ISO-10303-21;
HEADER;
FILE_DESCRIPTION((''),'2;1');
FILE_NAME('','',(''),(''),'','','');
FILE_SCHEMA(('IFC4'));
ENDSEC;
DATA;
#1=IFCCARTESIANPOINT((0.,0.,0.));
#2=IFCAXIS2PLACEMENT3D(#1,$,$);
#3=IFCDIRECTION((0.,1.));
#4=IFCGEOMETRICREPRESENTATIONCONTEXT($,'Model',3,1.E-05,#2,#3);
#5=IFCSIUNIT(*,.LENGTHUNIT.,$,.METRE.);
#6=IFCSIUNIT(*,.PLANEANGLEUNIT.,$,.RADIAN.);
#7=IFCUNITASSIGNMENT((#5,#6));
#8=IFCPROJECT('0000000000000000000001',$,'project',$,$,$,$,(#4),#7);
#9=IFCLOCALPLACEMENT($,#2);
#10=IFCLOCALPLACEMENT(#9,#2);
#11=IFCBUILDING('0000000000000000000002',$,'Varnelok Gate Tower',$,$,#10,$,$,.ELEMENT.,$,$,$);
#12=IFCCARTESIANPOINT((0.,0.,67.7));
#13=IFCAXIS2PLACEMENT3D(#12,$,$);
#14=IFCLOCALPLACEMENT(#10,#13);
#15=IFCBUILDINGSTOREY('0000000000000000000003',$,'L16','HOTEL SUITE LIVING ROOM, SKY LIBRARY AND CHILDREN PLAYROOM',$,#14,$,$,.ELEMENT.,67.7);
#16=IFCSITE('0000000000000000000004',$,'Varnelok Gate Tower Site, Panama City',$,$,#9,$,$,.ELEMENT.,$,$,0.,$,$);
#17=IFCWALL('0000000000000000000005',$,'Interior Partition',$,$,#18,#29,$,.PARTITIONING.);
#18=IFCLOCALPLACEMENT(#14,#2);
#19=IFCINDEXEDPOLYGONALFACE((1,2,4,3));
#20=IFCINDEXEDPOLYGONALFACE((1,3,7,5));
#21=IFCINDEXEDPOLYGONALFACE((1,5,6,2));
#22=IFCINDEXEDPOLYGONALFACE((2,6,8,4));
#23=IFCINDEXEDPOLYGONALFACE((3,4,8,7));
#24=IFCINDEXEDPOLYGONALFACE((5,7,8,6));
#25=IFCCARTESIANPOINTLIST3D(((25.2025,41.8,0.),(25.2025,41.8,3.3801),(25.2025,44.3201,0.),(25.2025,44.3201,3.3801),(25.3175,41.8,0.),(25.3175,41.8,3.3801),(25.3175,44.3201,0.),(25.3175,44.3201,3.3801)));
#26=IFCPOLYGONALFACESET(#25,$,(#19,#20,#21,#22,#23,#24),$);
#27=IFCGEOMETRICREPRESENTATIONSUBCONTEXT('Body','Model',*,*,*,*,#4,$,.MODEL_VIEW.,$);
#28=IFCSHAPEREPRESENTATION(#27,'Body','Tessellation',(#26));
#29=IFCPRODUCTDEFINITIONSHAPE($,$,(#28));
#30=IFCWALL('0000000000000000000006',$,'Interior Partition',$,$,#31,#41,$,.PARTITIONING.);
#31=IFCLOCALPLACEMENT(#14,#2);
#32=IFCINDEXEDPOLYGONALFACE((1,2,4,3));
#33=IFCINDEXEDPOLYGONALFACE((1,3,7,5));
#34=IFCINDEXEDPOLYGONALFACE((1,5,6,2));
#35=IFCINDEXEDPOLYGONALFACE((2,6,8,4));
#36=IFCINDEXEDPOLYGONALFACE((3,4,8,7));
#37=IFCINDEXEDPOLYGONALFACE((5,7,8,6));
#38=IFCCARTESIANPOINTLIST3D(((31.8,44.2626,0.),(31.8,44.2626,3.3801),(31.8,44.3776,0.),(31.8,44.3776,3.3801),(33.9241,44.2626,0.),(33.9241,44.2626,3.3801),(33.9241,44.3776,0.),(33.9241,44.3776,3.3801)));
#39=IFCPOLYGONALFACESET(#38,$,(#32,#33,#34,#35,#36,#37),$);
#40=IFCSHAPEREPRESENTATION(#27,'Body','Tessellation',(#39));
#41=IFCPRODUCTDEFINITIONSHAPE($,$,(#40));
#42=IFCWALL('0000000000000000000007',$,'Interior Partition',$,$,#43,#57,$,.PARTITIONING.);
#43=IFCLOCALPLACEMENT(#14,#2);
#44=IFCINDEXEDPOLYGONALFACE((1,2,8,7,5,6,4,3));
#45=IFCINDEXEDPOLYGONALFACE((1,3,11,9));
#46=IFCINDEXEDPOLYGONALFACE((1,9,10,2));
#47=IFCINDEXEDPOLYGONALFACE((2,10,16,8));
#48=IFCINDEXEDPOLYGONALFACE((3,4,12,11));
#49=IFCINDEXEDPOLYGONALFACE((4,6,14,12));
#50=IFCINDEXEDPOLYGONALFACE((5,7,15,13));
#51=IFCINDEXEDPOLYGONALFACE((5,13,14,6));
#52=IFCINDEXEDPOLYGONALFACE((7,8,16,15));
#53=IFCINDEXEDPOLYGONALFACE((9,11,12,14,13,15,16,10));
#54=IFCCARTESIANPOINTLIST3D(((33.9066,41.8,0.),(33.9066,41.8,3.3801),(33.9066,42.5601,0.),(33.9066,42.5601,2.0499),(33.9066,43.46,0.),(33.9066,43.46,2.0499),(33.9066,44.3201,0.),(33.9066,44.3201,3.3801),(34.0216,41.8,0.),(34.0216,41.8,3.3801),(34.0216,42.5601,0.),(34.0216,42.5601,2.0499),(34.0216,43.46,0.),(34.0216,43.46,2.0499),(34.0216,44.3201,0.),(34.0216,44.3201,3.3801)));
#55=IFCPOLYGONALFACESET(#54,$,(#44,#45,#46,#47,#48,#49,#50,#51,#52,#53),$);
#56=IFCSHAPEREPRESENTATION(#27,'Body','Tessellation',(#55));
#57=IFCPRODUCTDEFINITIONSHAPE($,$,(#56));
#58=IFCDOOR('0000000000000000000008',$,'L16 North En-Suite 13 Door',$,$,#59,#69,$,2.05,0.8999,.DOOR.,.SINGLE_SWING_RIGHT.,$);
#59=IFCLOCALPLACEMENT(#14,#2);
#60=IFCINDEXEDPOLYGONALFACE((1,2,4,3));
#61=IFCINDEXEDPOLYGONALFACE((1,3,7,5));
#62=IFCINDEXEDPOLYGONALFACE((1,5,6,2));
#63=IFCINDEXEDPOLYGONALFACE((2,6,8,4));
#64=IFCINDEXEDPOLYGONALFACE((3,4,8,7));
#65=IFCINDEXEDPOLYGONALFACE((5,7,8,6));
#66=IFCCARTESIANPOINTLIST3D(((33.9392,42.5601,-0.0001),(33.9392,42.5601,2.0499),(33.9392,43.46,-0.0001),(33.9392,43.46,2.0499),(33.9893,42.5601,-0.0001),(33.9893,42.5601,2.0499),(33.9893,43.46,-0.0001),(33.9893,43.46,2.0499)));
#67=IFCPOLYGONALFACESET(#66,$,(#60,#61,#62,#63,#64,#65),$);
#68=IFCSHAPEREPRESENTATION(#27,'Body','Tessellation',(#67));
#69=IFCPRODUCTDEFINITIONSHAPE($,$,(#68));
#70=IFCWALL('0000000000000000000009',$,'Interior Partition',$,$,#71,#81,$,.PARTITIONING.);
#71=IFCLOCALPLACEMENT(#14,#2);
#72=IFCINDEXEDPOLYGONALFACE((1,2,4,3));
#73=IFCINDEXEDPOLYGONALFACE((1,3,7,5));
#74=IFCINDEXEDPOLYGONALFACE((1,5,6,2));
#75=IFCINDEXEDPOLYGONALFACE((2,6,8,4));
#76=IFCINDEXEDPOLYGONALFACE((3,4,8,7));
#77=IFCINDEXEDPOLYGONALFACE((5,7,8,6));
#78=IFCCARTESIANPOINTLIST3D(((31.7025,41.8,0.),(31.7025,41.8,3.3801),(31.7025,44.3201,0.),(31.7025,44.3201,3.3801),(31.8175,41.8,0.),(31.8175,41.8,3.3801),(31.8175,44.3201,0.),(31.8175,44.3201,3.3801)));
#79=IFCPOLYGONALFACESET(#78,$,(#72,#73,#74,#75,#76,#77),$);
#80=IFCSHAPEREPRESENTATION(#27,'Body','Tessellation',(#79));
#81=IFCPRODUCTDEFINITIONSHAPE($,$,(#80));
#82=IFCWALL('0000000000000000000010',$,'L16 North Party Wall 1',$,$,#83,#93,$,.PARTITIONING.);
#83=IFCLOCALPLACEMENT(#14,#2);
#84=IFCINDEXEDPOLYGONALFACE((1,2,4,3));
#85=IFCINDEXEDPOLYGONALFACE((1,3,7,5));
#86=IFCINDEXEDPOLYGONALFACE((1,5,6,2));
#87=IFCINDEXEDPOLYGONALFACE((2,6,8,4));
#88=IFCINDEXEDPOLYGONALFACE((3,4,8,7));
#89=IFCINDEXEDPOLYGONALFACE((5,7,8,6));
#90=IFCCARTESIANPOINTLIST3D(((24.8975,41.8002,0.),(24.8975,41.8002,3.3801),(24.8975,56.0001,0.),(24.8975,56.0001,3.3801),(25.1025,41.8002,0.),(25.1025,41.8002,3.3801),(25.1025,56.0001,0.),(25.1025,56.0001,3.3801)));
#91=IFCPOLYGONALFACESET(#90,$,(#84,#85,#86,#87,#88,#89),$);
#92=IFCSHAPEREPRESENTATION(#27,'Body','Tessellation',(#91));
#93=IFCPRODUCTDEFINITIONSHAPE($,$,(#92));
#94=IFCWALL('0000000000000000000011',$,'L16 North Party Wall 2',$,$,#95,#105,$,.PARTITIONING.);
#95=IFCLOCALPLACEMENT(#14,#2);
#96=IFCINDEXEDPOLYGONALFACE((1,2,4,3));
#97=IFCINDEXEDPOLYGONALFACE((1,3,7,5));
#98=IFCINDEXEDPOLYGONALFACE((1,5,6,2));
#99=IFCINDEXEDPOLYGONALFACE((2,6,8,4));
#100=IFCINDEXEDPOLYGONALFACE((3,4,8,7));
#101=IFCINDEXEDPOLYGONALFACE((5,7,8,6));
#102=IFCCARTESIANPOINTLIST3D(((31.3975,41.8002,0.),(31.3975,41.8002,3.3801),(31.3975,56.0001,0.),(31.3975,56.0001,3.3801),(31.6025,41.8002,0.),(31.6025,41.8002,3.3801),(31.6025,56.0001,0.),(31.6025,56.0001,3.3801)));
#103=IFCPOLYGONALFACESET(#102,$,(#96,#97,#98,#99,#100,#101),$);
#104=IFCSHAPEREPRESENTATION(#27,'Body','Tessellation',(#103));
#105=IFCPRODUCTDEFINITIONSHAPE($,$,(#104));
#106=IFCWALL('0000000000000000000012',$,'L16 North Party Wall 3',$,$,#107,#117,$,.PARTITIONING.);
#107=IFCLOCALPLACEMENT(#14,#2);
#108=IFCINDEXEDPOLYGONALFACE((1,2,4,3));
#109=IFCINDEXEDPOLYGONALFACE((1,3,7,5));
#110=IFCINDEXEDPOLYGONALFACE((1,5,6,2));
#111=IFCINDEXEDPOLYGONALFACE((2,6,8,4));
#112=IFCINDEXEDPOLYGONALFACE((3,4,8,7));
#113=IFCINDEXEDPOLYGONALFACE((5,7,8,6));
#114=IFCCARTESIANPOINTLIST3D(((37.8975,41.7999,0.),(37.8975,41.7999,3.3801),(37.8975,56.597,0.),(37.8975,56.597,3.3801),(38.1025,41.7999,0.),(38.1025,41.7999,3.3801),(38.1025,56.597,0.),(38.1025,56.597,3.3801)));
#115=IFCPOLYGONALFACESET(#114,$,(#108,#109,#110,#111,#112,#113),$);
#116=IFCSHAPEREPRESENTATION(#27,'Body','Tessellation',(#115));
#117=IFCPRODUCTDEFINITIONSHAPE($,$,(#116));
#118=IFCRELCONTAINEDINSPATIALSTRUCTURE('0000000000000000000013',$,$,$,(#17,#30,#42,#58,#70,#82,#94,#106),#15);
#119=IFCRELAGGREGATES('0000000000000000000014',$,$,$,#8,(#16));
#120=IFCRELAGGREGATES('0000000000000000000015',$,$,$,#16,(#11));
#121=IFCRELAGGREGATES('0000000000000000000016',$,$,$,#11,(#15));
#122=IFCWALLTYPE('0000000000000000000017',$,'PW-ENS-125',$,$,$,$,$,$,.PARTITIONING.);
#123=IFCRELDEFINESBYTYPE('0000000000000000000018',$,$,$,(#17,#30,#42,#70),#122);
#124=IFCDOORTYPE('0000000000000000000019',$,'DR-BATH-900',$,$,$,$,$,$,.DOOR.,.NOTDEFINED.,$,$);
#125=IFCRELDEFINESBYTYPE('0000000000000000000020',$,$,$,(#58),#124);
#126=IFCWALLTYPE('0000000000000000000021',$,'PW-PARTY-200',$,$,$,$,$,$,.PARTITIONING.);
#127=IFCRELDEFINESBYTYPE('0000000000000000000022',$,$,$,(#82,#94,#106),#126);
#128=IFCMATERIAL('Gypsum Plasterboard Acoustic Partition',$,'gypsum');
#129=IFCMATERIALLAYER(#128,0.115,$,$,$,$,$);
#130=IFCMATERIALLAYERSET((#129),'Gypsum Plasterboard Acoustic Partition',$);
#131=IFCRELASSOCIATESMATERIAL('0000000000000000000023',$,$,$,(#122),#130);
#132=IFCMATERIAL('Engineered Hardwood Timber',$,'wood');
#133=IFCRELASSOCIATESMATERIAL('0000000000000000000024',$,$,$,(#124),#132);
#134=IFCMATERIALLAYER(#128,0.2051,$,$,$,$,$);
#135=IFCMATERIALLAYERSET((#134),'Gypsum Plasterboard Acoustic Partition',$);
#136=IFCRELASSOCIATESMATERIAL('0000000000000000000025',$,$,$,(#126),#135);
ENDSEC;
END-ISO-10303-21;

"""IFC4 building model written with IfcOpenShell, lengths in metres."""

from ifc_helpers import new_model, si_unit, direction, frame, frame_2d, origin, place, context, subcontext, project, spatial, rectangle, extrude, material, layer, layer_set, type_object, element, fill, save


model = new_model("IFC4")

# Units and contexts
model_context = context("Model", 3, precision=1e-05, world=origin(), true_north=direction((0.0, 1.0)))
body_context = subcontext(model_context, "Body", "Model", "MODEL_VIEW")
ifc_project = project(units=[si_unit("LENGTHUNIT", "METRE"), si_unit("PLANEANGLEUNIT", "RADIAN")], contexts=[model_context])

# Site, building, storey
site_placement = place(None, origin())
site = spatial("IfcSite", under=ifc_project, at=site_placement, Name="Varnelok Gate Tower Site, Panama City", CompositionType="ELEMENT", RefElevation=0.0)
building_placement = place(site_placement, origin())
building = spatial("IfcBuilding", under=site, at=building_placement, Name="Varnelok Gate Tower", CompositionType="ELEMENT")
storey_placement = place(building_placement, frame((0.0, 0.0, 67.7)))
storey = spatial("IfcBuildingStorey", under=building, at=storey_placement, Name="L16", Description="HOTEL SUITE LIVING ROOM, SKY LIBRARY AND CHILDREN PLAYROOM", CompositionType="ELEMENT", Elevation=67.7)

# Shared definitions
ifc_material_1 = material(Name="Gypsum Plasterboard Acoustic Partition", Category="gypsum")
ifc_material_2 = material(Name="Engineered Hardwood Timber", Category="wood")

# Shared definitions
ifc_layer_1 = layer(ifc_material_1, 0.115)
ifc_layer_set_1 = layer_set([ifc_layer_1], Name="Gypsum Plasterboard Acoustic Partition")
wall_type_1 = type_object("IfcWallType", Name="PW-ENS-125", PredefinedType="PARTITIONING", material=ifc_layer_set_1)

# Shared definitions
door_type_1 = type_object("IfcDoorType", Name="DR-BATH-900", OperationType="NOTDEFINED", PredefinedType="DOOR", material=ifc_material_2)

# Walls
wall_1_placement = place(storey_placement, frame((25.26, 41.8, 0.0), z_axis=(0.0, 0.0, 1.0), x_axis=(0.0, 1.0, 0.0)))
element("IfcWall", 1, at=wall_1_placement, inside=storey, type_object=wall_type_1, Name="Interior Partition", PredefinedType="PARTITIONING", context=body_context, shape_type="SweptSolid", body=[
    extrude(rectangle(XDim=2.52, YDim=0.115, at=frame_2d((1.26, 0.0))), origin(), (0.0, 0.0, 1.0), 3.3801),
])
wall_2_placement = place(storey_placement, frame((31.8, 44.3201, 0.0), z_axis=(0.0, 0.0, 1.0), x_axis=(1.0, 0.0, 0.0)))
element("IfcWall", 2, at=wall_2_placement, inside=storey, type_object=wall_type_1, Name="Interior Partition", PredefinedType="PARTITIONING", context=body_context, shape_type="SweptSolid", body=[
    extrude(rectangle(XDim=2.124, YDim=0.115, at=frame_2d((1.062, 0.0))), origin(), (0.0, 0.0, 1.0), 3.3801),
])

# Wall, opening, door
wall_3_placement = place(storey_placement, frame((33.9641, 41.8, 0.0), z_axis=(0.0, 0.0, 1.0), x_axis=(0.0, 1.0, 0.0)))
wall_3 = element("IfcWall", 3, at=wall_3_placement, inside=storey, type_object=wall_type_1, Name="Interior Partition", PredefinedType="PARTITIONING", context=body_context, shape_type="SweptSolid", body=[
    extrude(rectangle(XDim=2.52, YDim=0.115, at=frame_2d((1.26, 0.0))), origin(), (0.0, 0.0, 1.0), 3.3801),
])
opening_1_placement = place(wall_3_placement, frame((0.76, 0.0, 0.0)))
opening_1 = element("IfcOpeningElement", 4, at=opening_1_placement, cuts=wall_3, PredefinedType="OPENING", context=body_context, shape_type="SweptSolid", body=[
    extrude(rectangle(XDim=0.8999, YDim=2.05, at=frame_2d((0.45, 1.0249))), frame((0.0, 0.0674, 0.0), z_axis=(0.0, -1.0, 0.0), x_axis=(1.0, 0.0, 0.0)), (0.0, 0.0, 1.0), 0.135),
])
door_1_placement = place(opening_1_placement, origin())
door_1 = element("IfcDoor", 5, at=door_1_placement, inside=storey, type_object=door_type_1, Name="L16 North En-Suite 13 Door", OperationType="SINGLE_SWING_RIGHT", OverallHeight=2.05, OverallWidth=0.8999, PredefinedType="DOOR", context=body_context, shape_type="SweptSolid", body=[
    extrude(rectangle(XDim=0.8999, YDim=2.05, at=frame_2d((0.45, 1.0249))), frame((0.0, 0.0249, 0.0), z_axis=(0.0, -1.0, 0.0), x_axis=(1.0, 0.0, 0.0)), (0.0, 0.0, 1.0), 0.05),
])
fill(opening_1, door_1)

# Walls
wall_4_placement = place(storey_placement, frame((31.76, 41.8, 0.0), z_axis=(0.0, 0.0, 1.0), x_axis=(0.0, 1.0, 0.0)))
element("IfcWall", 6, at=wall_4_placement, inside=storey, type_object=wall_type_1, Name="Interior Partition", PredefinedType="PARTITIONING", context=body_context, shape_type="SweptSolid", body=[
    extrude(rectangle(XDim=2.52, YDim=0.115, at=frame_2d((1.26, 0.0))), origin(), (0.0, 0.0, 1.0), 3.3801),
])
ifc_layer_2 = layer(ifc_material_1, 0.2051)
ifc_layer_set_2 = layer_set([ifc_layer_2], Name="Gypsum Plasterboard Acoustic Partition")
wall_type_2 = type_object("IfcWallType", Name="PW-PARTY-200", PredefinedType="PARTITIONING", material=ifc_layer_set_2)
for number, where, z_axis, x_axis, name in (
    (7, (25.0, 41.8, 0.0), (0.0, 0.0, 1.0), (0.0, 1.0, 0.0), "L16 North Party Wall 1"),
    (8, (31.5, 41.8, 0.0), (0.0, 0.0, 1.0), (0.0, 1.0, 0.0), "L16 North Party Wall 2"),
):
    element("IfcWall", number, at=place(storey_placement, frame(where, z_axis=z_axis, x_axis=x_axis)), inside=storey, type_object=wall_type_2, Name=name, PredefinedType="PARTITIONING", context=body_context, shape_type="SweptSolid", body=[
        extrude(rectangle(XDim=14.2, YDim=0.2051, at=frame_2d((7.1001, 0.0))), origin(), (0.0, 0.0, 1.0), 3.3801),
    ])
wall_5_placement = place(storey_placement, frame((38.0, 41.8, 0.0), z_axis=(0.0, 0.0, 1.0), x_axis=(0.0, 1.0, 0.0)))
element("IfcWall", 9, at=wall_5_placement, inside=storey, type_object=wall_type_2, Name="L16 North Party Wall 3", PredefinedType="PARTITIONING", context=body_context, shape_type="SweptSolid", body=[
    extrude(rectangle(XDim=14.7971, YDim=0.2051, at=frame_2d((7.3984, 0.0))), origin(), (0.0, 0.0, 1.0), 3.3801),
])

save(model, "model.ifc")
